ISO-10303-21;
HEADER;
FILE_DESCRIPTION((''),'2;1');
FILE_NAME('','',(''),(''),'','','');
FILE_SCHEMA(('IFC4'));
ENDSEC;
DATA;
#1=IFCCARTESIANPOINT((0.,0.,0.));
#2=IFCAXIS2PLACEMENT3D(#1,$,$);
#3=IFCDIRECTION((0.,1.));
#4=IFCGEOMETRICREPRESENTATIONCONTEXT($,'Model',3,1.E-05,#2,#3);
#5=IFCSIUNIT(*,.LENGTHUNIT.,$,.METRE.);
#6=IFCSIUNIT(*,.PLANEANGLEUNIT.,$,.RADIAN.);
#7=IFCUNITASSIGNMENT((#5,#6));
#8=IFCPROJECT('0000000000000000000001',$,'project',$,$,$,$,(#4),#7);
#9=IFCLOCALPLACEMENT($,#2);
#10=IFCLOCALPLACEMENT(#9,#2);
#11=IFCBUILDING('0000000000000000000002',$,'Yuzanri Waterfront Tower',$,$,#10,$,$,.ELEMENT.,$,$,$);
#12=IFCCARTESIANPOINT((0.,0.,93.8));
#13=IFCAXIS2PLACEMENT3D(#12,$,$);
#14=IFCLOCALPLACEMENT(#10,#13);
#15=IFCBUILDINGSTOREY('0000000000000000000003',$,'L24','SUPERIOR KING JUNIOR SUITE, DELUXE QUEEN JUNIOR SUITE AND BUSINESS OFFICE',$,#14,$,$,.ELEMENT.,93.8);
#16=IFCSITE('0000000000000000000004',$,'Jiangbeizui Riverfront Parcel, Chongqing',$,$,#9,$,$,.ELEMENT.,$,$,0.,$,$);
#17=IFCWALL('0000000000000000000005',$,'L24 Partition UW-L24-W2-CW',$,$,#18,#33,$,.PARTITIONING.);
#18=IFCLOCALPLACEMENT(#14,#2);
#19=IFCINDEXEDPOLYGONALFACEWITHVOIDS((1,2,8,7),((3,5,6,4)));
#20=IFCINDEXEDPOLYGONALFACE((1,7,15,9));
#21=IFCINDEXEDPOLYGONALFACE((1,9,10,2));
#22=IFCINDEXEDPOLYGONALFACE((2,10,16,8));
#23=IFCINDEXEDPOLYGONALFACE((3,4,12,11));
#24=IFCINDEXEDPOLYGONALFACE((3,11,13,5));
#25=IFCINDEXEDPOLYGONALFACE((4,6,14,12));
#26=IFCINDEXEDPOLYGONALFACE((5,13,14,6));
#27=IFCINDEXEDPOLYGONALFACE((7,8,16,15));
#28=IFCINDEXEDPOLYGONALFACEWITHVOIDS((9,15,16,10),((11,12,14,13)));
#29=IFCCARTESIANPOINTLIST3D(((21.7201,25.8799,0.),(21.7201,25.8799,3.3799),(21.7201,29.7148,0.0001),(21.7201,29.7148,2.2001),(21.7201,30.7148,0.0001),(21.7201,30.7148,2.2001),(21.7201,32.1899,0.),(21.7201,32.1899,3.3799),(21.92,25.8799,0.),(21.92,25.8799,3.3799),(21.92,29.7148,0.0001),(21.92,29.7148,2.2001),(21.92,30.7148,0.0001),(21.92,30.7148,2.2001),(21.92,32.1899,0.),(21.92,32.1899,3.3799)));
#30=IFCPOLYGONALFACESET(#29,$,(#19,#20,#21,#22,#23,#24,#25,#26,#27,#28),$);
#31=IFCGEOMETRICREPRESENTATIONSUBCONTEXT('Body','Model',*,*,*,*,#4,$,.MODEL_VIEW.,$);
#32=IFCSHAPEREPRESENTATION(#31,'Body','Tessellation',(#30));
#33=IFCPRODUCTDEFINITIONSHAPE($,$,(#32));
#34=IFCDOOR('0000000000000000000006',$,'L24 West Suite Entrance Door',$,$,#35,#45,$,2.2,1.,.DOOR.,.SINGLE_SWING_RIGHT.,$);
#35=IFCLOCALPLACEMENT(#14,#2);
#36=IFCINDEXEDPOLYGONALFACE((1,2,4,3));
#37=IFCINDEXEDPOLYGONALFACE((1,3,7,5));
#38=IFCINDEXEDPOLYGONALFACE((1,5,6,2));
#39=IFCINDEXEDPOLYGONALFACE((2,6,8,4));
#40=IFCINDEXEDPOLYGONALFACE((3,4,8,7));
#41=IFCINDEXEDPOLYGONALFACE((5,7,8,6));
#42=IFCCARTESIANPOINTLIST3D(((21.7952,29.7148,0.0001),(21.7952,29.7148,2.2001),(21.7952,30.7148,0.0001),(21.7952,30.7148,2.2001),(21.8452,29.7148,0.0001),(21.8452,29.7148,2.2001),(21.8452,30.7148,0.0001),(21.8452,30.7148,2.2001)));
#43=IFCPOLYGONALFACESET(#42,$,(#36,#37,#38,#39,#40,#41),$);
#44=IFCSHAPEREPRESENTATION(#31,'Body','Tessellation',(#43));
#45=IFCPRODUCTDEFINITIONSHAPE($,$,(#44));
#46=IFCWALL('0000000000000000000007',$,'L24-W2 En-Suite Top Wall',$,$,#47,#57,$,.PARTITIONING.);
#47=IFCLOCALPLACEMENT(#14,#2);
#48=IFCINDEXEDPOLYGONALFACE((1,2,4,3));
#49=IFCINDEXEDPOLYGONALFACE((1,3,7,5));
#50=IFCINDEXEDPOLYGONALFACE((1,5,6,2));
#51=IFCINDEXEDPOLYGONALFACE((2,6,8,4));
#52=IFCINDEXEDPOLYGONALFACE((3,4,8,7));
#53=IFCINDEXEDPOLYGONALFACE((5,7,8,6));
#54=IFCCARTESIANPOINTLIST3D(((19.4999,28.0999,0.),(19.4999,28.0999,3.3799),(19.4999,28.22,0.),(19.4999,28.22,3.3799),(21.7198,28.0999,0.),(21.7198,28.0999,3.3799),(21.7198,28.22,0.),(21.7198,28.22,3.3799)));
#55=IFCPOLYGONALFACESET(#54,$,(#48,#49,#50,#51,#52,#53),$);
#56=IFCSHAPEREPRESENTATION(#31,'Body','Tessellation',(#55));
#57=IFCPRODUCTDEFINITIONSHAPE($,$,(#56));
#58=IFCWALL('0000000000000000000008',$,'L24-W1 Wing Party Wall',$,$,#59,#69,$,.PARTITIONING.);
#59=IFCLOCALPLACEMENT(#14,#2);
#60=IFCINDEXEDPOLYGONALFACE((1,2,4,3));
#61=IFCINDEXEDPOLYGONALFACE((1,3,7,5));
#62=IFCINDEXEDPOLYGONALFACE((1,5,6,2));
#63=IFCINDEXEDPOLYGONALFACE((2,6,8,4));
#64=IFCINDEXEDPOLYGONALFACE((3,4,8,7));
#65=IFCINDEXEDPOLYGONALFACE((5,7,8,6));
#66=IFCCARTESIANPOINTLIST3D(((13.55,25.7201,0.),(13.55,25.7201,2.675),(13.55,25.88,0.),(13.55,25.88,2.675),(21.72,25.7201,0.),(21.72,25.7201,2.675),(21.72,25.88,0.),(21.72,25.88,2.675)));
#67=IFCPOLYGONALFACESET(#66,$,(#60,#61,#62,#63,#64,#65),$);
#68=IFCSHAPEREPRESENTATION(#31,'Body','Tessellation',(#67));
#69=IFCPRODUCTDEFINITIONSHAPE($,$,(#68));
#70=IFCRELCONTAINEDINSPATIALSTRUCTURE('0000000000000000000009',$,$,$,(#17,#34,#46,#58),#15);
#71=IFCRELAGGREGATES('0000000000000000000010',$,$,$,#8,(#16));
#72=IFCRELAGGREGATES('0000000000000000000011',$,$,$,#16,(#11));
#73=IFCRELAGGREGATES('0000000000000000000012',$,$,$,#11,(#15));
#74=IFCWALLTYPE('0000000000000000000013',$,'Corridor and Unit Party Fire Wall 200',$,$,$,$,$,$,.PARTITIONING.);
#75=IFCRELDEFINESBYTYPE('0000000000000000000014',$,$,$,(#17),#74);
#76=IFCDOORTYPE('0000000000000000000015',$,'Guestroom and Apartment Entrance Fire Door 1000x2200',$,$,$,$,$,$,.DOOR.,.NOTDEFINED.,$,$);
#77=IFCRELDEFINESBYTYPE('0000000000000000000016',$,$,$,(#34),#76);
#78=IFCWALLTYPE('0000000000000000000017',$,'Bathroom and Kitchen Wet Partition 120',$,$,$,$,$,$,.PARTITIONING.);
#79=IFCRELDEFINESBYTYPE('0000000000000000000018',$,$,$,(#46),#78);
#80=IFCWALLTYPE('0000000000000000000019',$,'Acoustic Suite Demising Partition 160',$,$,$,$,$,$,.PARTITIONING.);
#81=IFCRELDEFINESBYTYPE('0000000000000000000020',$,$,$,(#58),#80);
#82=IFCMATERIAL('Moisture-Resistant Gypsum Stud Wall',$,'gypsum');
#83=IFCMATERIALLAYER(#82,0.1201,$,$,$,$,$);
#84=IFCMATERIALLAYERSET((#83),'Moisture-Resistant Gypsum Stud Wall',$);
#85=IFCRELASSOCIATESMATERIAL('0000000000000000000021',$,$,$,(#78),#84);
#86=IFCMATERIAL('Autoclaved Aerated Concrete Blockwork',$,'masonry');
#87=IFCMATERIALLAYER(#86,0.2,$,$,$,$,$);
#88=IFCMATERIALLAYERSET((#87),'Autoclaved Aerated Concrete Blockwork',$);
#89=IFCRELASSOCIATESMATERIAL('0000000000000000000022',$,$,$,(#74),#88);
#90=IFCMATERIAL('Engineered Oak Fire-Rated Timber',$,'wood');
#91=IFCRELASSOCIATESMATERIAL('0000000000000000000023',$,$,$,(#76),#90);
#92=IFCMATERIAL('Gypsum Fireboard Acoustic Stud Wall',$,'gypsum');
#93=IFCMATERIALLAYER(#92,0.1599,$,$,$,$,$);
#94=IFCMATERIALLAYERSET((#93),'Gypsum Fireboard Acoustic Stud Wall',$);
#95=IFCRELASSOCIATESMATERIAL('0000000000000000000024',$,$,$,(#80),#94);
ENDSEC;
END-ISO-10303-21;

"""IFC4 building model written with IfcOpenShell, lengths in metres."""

from ifc_helpers import new_model, si_unit, direction, frame, frame_2d, origin, place, context, subcontext, project, spatial, rectangle, extrude, source, transform, mapped, material, layer, layer_set, type_object, element, fill, save


model = new_model("IFC4")

# Units and contexts
model_context = context("Model", 3, precision=1e-05, world=origin(), true_north=direction((0.0, 1.0)))
body_context = subcontext(model_context, "Body", "Model", "MODEL_VIEW")
ifc_project = project(units=[si_unit("LENGTHUNIT", "METRE"), si_unit("PLANEANGLEUNIT", "RADIAN")], contexts=[model_context])

# Site, building, storey
site_placement = place(None, origin())
site = spatial("IfcSite", under=ifc_project, at=site_placement, Name="Jiangbeizui Riverfront Parcel, Chongqing", CompositionType="ELEMENT", RefElevation=0.0)
building_placement = place(site_placement, origin())
building = spatial("IfcBuilding", under=site, at=building_placement, Name="Yuzanri Waterfront Tower", CompositionType="ELEMENT")
storey_placement = place(building_placement, frame((0.0, 0.0, 93.8)))
storey = spatial("IfcBuildingStorey", under=building, at=storey_placement, Name="L24", Description="SUPERIOR KING JUNIOR SUITE, DELUXE QUEEN JUNIOR SUITE AND BUSINESS OFFICE", CompositionType="ELEMENT", Elevation=93.8)

# Shared definitions
ifc_material_1 = material(Name="Moisture-Resistant Gypsum Stud Wall", Category="gypsum")
ifc_layer_1 = layer(ifc_material_1, 0.1201)
ifc_layer_set_1 = layer_set([ifc_layer_1], Name="Moisture-Resistant Gypsum Stud Wall")
wall_type_1 = type_object("IfcWallType", Name="Bathroom and Kitchen Wet Partition 120", PredefinedType="PARTITIONING", material=ifc_layer_set_1)

# Wall, opening, door
ifc_material_2 = material(Name="Autoclaved Aerated Concrete Blockwork", Category="masonry")
ifc_layer_2 = layer(ifc_material_2, 0.2)
ifc_layer_set_2 = layer_set([ifc_layer_2], Name="Autoclaved Aerated Concrete Blockwork")
wall_type_2 = type_object("IfcWallType", Name="Corridor and Unit Party Fire Wall 200", PredefinedType="PARTITIONING", material=ifc_layer_set_2)
wall_1_placement = place(storey_placement, frame((21.8201, 25.8799, 0.0), z_axis=(0.0, 0.0, 1.0), x_axis=(0.0, 1.0, 0.0)))
wall_1 = element("IfcWall", 1, at=wall_1_placement, inside=storey, type_object=wall_type_2, Name="L24 Partition UW-L24-W2-CW", PredefinedType="PARTITIONING", context=body_context, shape_type="SweptSolid", body=[
    extrude(rectangle(XDim=6.3101, YDim=0.2, at=frame_2d((3.155, 0.0))), origin(), (0.0, 0.0, 1.0), 3.3799),
])
opening_1_placement = place(wall_1_placement, frame((3.835, 0.0, 0.0)))
opening_1 = element("IfcOpeningElement", 2, at=opening_1_placement, cuts=wall_1, PredefinedType="OPENING", context=body_context, shape_type="SweptSolid", body=[
    extrude(rectangle(XDim=1.0, YDim=2.2, at=frame_2d((0.5, 1.1001))), frame((0.0, 0.1147, 0.0), z_axis=(0.0, -1.0, 0.0), x_axis=(1.0, 0.0, 0.0)), (0.0, 0.0, 1.0), 0.2297),
])
ifc_material_3 = material(Name="Engineered Oak Fire-Rated Timber", Category="wood")
door_type_1 = type_object("IfcDoorType", Name="Guestroom and Apartment Entrance Fire Door 1000x2200", OperationType="NOTDEFINED", PredefinedType="DOOR", material=ifc_material_3)
shared_shape_1 = source(origin(), body_context, "Body", "SweptSolid", [
    extrude(rectangle(XDim=1.0, YDim=2.2, at=frame_2d((0.5, 1.1001))), frame((0.0, 0.0249, 0.0), z_axis=(0.0, -1.0, 0.0), x_axis=(1.0, 0.0, 0.0)), (0.0, 0.0, 1.0), 0.05),
])
door_1_placement = place(opening_1_placement, origin())
door_1 = element("IfcDoor", 3, at=door_1_placement, inside=storey, type_object=door_type_1, Name="L24 West Suite Entrance Door", OperationType="SINGLE_SWING_RIGHT", OverallHeight=2.2, OverallWidth=1.0, PredefinedType="DOOR", context=body_context, shape_type="MappedRepresentation", body=[
    mapped(shared_shape_1, transform((0.0, 0.0, 0.0), scale=1.0)),
])
fill(opening_1, door_1)

# Walls
shared_shape_2 = source(origin(), body_context, "Body", "SweptSolid", [
    extrude(rectangle(XDim=2.22, YDim=0.1201, at=frame_2d((1.1099, 0.0))), origin(), (0.0, 0.0, 1.0), 3.3799),
])
wall_2_placement = place(storey_placement, frame((19.5, 28.1599, 0.0), z_axis=(0.0, 0.0, 1.0), x_axis=(1.0, 0.0, 0.0)))
element("IfcWall", 4, at=wall_2_placement, inside=storey, type_object=wall_type_1, Name="L24-W2 En-Suite Top Wall", PredefinedType="PARTITIONING", context=body_context, shape_type="MappedRepresentation", body=[
    mapped(shared_shape_2, transform((0.0, 0.0, 0.0), scale=1.0)),
])
ifc_material_4 = material(Name="Gypsum Fireboard Acoustic Stud Wall", Category="gypsum")
ifc_layer_3 = layer(ifc_material_4, 0.1599)
ifc_layer_set_3 = layer_set([ifc_layer_3], Name="Gypsum Fireboard Acoustic Stud Wall")
wall_type_3 = type_object("IfcWallType", Name="Acoustic Suite Demising Partition 160", PredefinedType="PARTITIONING", material=ifc_layer_set_3)
shared_shape_3 = source(origin(), body_context, "Body", "SweptSolid", [
    extrude(rectangle(XDim=8.1699, YDim=0.1599, at=frame_2d((4.085, 0.0))), origin(), (0.0, 0.0, 1.0), 2.675),
])
wall_3_placement = place(storey_placement, frame((13.55, 25.8, 0.0), z_axis=(0.0, 0.0, 1.0), x_axis=(1.0, 0.0, 0.0)))
element("IfcWall", 5, at=wall_3_placement, inside=storey, type_object=wall_type_3, Name="L24-W1 Wing Party Wall", PredefinedType="PARTITIONING", context=body_context, shape_type="MappedRepresentation", body=[
    mapped(shared_shape_3, transform((0.0, 0.0, 0.0), scale=1.0)),
])

save(model, "model.ifc")
